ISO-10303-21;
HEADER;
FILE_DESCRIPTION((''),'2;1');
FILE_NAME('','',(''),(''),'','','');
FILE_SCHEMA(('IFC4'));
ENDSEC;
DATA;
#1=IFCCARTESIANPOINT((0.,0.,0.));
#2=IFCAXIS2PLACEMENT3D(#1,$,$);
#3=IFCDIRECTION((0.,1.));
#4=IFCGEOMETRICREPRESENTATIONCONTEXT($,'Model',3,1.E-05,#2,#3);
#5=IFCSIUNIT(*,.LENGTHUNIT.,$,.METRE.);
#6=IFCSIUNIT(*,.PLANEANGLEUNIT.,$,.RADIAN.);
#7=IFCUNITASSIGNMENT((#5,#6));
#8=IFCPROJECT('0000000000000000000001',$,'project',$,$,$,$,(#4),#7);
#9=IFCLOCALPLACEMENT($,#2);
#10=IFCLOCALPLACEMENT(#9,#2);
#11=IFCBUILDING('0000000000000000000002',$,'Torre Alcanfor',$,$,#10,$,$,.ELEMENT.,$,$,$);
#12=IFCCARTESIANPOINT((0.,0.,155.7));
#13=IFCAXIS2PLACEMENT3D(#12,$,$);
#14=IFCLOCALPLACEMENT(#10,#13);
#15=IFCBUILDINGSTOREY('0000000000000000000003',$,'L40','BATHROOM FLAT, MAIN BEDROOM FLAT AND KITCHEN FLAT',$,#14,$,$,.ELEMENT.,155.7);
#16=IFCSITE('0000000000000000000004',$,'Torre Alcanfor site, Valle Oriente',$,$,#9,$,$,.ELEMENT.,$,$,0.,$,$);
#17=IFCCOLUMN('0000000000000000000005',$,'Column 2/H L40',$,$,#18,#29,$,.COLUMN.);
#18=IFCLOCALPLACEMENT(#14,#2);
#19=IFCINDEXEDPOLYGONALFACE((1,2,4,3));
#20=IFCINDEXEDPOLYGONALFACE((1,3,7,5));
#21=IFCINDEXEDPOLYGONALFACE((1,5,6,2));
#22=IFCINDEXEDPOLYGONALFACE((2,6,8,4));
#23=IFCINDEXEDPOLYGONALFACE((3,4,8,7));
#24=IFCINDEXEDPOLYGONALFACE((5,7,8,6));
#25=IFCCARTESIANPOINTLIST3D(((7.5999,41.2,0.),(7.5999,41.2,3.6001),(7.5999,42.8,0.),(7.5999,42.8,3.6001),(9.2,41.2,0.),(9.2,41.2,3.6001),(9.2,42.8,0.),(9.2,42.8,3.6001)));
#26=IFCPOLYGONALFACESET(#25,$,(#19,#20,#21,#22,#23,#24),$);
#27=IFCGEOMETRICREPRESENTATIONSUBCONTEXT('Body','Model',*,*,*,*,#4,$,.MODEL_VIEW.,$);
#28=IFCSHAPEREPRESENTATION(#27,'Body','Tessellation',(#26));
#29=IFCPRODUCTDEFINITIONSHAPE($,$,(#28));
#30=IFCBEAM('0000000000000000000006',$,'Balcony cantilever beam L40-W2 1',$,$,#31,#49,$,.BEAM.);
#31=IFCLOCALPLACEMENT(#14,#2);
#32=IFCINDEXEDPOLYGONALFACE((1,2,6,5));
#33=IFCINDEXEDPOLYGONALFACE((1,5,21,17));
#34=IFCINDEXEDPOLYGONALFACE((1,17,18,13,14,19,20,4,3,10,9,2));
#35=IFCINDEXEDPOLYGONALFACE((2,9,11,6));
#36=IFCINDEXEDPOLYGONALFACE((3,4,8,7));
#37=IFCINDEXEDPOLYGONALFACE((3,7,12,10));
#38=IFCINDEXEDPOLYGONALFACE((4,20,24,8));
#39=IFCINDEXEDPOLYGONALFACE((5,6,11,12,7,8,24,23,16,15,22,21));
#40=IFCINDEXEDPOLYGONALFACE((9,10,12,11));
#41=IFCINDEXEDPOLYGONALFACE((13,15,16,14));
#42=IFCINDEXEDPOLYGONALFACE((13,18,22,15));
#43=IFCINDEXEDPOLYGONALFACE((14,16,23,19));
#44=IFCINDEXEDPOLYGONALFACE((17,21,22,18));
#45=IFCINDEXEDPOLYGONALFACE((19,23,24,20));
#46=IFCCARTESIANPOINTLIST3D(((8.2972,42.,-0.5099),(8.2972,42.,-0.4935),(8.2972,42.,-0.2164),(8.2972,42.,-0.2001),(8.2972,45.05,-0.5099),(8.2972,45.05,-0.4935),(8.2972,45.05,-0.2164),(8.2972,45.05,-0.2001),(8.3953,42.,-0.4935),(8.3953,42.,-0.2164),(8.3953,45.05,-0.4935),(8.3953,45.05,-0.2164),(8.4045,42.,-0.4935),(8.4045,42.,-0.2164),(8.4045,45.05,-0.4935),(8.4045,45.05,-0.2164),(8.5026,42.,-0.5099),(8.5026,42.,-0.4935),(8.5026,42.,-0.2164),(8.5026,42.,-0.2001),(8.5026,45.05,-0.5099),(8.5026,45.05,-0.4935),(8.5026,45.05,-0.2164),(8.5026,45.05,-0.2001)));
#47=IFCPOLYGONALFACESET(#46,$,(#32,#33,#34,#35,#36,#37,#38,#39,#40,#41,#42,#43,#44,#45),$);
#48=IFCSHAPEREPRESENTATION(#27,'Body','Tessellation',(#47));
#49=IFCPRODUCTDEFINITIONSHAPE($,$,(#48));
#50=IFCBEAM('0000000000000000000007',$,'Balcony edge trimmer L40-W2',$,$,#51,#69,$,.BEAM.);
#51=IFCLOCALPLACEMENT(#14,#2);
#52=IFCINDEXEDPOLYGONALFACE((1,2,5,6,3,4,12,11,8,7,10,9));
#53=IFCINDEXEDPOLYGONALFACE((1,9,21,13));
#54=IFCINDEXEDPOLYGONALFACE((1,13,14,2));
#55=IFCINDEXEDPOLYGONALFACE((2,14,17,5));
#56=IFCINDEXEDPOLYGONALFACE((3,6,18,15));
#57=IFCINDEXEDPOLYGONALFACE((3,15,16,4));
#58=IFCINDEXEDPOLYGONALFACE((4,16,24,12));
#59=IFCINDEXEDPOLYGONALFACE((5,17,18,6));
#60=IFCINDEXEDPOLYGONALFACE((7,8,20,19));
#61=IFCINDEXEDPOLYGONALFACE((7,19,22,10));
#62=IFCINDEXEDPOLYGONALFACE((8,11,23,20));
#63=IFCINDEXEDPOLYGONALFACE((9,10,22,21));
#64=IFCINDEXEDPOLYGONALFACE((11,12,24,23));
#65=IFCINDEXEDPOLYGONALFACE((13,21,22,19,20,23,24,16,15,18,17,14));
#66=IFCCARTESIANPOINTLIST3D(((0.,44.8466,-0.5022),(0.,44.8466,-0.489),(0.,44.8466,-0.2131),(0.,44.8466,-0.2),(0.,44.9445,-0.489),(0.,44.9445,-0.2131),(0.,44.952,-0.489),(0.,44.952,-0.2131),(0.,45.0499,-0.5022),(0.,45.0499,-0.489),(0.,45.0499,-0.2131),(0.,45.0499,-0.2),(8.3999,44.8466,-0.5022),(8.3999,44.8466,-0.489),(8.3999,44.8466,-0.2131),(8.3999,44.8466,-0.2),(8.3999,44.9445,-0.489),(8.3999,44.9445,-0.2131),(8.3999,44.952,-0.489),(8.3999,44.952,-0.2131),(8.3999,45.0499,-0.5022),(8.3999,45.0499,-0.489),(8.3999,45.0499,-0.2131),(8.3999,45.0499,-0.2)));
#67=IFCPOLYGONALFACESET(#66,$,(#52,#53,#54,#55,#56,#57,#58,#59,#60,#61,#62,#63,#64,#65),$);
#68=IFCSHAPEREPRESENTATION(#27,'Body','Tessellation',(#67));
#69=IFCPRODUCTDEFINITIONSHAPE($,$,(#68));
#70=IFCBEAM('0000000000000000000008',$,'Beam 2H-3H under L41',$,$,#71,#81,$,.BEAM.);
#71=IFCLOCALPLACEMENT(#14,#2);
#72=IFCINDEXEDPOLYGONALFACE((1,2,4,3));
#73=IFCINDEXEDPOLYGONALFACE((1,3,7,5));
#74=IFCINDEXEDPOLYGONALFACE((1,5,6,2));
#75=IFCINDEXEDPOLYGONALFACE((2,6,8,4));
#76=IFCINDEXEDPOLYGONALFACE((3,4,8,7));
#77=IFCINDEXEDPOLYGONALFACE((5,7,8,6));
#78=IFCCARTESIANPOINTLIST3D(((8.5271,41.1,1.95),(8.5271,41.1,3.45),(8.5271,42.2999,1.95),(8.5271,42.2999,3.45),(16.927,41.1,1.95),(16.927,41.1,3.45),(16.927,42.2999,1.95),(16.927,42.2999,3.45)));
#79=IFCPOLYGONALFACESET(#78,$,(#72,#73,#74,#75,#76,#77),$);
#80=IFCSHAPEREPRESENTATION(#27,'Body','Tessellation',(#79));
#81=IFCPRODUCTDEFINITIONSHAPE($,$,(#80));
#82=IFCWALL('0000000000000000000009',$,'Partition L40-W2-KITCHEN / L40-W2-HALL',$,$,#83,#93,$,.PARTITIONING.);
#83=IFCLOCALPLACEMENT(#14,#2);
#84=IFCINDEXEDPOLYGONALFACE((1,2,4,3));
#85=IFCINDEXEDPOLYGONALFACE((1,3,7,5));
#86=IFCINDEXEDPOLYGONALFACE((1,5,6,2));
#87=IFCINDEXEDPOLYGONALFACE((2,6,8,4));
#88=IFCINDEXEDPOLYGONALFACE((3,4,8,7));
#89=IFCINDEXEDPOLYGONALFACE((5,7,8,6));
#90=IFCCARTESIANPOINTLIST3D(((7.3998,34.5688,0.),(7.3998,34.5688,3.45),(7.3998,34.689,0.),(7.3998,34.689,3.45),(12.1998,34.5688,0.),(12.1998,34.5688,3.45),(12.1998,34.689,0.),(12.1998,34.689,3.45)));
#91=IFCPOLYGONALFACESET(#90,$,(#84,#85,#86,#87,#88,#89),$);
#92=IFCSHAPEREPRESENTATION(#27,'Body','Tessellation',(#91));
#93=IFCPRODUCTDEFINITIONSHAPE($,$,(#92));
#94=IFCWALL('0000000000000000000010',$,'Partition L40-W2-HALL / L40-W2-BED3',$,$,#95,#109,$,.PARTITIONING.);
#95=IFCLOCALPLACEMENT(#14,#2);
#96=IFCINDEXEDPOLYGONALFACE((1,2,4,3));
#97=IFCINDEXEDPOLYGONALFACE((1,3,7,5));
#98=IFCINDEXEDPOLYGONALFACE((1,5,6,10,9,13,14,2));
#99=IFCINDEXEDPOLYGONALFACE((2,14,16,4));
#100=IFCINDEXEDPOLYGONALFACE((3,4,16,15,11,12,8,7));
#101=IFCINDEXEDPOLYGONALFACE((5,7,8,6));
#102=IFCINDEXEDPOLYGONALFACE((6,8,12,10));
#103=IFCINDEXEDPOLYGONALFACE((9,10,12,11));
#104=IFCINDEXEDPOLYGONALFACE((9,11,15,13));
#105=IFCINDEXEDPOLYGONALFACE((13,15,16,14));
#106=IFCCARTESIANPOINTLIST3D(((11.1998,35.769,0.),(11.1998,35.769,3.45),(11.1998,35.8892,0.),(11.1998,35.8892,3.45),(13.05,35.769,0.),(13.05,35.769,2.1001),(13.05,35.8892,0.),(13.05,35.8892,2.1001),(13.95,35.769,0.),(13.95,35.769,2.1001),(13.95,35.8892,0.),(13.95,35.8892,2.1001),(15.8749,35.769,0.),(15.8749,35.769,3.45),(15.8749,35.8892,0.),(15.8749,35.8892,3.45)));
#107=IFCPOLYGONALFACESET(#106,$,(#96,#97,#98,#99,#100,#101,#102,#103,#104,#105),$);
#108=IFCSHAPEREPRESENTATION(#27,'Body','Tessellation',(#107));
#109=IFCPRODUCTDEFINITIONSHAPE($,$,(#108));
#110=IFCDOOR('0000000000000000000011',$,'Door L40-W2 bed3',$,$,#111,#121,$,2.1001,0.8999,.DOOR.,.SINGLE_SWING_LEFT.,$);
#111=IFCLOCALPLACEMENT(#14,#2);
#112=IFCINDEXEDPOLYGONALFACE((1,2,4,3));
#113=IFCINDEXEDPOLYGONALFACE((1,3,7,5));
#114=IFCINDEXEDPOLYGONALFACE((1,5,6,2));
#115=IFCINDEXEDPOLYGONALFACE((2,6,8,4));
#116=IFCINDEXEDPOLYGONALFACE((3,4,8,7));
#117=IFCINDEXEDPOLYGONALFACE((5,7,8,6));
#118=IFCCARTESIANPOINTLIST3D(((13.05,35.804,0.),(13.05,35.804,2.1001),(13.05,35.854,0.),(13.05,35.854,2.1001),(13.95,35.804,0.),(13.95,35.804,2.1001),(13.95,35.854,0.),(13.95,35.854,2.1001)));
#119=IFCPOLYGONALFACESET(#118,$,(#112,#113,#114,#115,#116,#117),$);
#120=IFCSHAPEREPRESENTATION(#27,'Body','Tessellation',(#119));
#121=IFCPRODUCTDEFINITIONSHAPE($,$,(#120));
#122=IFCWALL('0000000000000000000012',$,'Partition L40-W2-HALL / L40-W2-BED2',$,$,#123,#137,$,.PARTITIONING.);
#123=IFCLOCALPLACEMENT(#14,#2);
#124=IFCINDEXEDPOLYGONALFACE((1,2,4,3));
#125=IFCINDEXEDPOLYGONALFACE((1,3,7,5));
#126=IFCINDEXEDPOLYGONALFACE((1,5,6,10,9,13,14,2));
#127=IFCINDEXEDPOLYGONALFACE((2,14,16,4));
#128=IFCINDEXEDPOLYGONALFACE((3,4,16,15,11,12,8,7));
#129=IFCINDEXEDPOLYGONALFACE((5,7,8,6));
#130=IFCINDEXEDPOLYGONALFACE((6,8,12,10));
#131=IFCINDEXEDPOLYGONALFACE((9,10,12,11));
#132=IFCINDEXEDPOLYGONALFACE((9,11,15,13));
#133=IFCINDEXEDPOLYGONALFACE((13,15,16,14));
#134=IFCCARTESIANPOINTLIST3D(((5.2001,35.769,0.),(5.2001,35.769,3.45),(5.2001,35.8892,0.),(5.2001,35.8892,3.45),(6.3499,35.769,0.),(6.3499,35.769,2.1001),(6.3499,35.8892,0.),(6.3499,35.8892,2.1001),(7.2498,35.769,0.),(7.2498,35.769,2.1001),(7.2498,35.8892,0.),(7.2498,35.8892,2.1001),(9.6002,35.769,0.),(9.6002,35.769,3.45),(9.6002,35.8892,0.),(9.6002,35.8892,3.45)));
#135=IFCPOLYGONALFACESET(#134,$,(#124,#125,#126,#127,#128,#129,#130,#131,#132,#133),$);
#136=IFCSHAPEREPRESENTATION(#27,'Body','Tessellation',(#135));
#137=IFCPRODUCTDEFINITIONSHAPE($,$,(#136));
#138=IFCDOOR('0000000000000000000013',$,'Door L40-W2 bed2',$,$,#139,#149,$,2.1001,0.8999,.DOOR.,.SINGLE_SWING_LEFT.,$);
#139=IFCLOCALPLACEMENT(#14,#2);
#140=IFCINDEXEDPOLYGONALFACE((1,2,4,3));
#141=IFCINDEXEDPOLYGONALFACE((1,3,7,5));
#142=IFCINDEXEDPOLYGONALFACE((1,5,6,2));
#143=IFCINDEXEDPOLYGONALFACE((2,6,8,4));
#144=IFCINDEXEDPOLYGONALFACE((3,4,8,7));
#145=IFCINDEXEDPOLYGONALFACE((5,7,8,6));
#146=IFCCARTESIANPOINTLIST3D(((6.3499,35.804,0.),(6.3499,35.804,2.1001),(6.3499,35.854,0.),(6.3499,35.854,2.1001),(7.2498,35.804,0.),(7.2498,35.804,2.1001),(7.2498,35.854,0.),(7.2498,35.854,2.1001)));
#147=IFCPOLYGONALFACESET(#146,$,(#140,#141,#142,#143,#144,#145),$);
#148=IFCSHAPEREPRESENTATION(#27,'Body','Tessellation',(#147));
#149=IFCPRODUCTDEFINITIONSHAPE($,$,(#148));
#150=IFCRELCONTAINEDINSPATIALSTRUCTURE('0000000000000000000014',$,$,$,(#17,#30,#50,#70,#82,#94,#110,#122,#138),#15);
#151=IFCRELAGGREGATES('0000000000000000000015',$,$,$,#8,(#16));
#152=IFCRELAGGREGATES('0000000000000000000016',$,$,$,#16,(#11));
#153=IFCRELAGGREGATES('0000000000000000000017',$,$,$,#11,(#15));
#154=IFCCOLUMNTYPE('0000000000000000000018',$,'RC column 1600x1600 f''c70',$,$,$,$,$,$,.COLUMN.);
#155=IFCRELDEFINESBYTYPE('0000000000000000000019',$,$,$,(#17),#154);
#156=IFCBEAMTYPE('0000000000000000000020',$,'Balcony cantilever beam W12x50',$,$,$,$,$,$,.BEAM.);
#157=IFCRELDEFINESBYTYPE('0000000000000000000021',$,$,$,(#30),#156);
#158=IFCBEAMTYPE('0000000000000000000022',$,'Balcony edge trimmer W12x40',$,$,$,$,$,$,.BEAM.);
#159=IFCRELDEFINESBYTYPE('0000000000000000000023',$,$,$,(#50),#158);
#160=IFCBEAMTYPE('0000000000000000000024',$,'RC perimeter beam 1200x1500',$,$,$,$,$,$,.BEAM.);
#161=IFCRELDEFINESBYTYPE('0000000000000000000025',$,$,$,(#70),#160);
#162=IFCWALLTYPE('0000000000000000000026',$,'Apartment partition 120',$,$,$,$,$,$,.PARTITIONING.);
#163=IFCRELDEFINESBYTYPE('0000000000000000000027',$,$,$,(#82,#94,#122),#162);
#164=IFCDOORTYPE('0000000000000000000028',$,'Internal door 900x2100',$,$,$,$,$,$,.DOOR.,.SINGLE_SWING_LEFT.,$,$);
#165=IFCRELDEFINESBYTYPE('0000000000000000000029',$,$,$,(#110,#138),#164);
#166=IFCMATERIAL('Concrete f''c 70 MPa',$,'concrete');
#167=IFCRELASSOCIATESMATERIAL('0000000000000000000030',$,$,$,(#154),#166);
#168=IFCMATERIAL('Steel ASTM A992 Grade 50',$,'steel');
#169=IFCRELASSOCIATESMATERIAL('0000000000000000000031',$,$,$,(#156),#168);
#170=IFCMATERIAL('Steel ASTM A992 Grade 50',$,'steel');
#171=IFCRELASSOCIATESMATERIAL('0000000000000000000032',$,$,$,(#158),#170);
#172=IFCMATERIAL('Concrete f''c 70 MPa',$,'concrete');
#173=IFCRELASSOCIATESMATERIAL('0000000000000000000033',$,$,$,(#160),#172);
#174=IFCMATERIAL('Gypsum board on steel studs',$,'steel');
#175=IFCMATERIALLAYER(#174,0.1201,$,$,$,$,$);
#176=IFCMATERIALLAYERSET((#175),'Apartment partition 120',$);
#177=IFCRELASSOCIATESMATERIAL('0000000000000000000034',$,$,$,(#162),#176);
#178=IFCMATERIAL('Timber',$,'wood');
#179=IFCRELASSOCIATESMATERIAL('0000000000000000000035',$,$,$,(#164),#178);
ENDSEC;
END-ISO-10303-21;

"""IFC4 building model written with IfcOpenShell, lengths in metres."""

from ifc_helpers import new_model, si_unit, direction, frame, frame_2d, origin, origin_2d, place, context, subcontext, project, spatial, rectangle, i_section, extrude, material, layer, layer_set, material_profile, profile_set, type_object, element, fill, save


model = new_model("IFC4")

# Units and contexts
model_context = context("Model", 3, precision=1e-05, world=origin(), true_north=direction((0.0, 1.0)))
body_context = subcontext(model_context, "Body", "Model", "MODEL_VIEW")
ifc_project = project(units=[si_unit("LENGTHUNIT", "METRE"), si_unit("PLANEANGLEUNIT", "RADIAN")], contexts=[model_context])

# Site, building, storey
site_placement = place(None, origin())
site = spatial("IfcSite", under=ifc_project, at=site_placement, Name="Torre Alcanfor site, Valle Oriente", CompositionType="ELEMENT", RefElevation=0.0)
building_placement = place(site_placement, origin())
building = spatial("IfcBuilding", under=site, at=building_placement, Name="Torre Alcanfor", CompositionType="ELEMENT")
storey_placement = place(building_placement, frame((0.0, 0.0, 155.7)))
storey = spatial("IfcBuildingStorey", under=building, at=storey_placement, Name="L40", Description="BATHROOM FLAT, MAIN BEDROOM FLAT AND KITCHEN FLAT", CompositionType="ELEMENT", Elevation=155.7)

# Column
ifc_material_1 = material(Name="Concrete f'c 70 MPa", Category="concrete")
ifc_material_profile_1 = material_profile(ifc_material_1, rectangle(XDim=1.6001, YDim=1.6001, at=origin_2d()), Name="1600x1600")
ifc_profile_set_1 = profile_set([ifc_material_profile_1], Name="Concrete f'c 70 MPa")
column_type = type_object("IfcColumnType", Name="RC column 1600x1600 f'c70", PredefinedType="COLUMN", material=ifc_profile_set_1)
column_placement = place(storey_placement, frame((8.3999, 42.0, 0.0), z_axis=(0.0, 0.0, 1.0), x_axis=(1.0, 0.0, 0.0)))
element("IfcColumn", 1, at=column_placement, inside=storey, type_object=column_type, Name="Column 2/H L40", PredefinedType="COLUMN", context=body_context, shape_type="SweptSolid", body=[
    extrude(rectangle(XDim=1.6001, YDim=1.6001, at=origin_2d()), origin(), (0.0, 0.0, 1.0), 3.6001),
])

# Beams
ifc_material_2 = material(Name="Steel ASTM A992 Grade 50", Category="steel")
ifc_material_profile_2 = material_profile(ifc_material_2, i_section(OverallWidth=0.2053, OverallDepth=0.3098, WebThickness=0.0093, FlangeThickness=0.0164, at=origin_2d()), Name="W12x50")
ifc_profile_set_2 = profile_set([ifc_material_profile_2], Name="Steel ASTM A992 Grade 50")
beam_type_1 = type_object("IfcBeamType", Name="Balcony cantilever beam W12x50", PredefinedType="BEAM", material=ifc_profile_set_2)
beam_1_placement = place(storey_placement, frame((8.3999, 42.0, -0.355), z_axis=(0.0, 1.0, 0.0), x_axis=(-1.0, 0.0, 0.0)))
element("IfcBeam", 2, at=beam_1_placement, inside=storey, type_object=beam_type_1, Name="Balcony cantilever beam L40-W2 1", PredefinedType="BEAM", context=body_context, shape_type="SweptSolid", body=[
    extrude(i_section(OverallWidth=0.2053, OverallDepth=0.3098, WebThickness=0.0093, FlangeThickness=0.0164, at=origin_2d()), origin(), (0.0, 0.0, 1.0), 3.05),
])
ifc_material_3 = material(Name="Steel ASTM A992 Grade 50", Category="steel")
ifc_material_profile_3 = material_profile(ifc_material_3, i_section(OverallWidth=0.2034, OverallDepth=0.3022, WebThickness=0.0076, FlangeThickness=0.0132, at=origin_2d()), Name="W12x40")
ifc_profile_set_3 = profile_set([ifc_material_profile_3], Name="Steel ASTM A992 Grade 50")
beam_type_2 = type_object("IfcBeamType", Name="Balcony edge trimmer W12x40", PredefinedType="BEAM", material=ifc_profile_set_3)
beam_2_placement = place(storey_placement, frame((8.3999, 44.9482, -0.3511), z_axis=(-1.0, 0.0, 0.0), x_axis=(0.0, -1.0, 0.0)))
element("IfcBeam", 3, at=beam_2_placement, inside=storey, type_object=beam_type_2, Name="Balcony edge trimmer L40-W2", PredefinedType="BEAM", context=body_context, shape_type="SweptSolid", body=[
    extrude(i_section(OverallWidth=0.2034, OverallDepth=0.3022, WebThickness=0.0076, FlangeThickness=0.0132, at=origin_2d()), origin(), (0.0, 0.0, 1.0), 8.3999),
])
ifc_material_4 = material(Name="Concrete f'c 70 MPa", Category="concrete")
ifc_material_profile_4 = material_profile(ifc_material_4, rectangle(XDim=1.2, YDim=1.5, at=origin_2d()), Name="1200x1500")
ifc_profile_set_4 = profile_set([ifc_material_profile_4], Name="Concrete f'c 70 MPa")
beam_type_3 = type_object("IfcBeamType", Name="RC perimeter beam 1200x1500", PredefinedType="BEAM", material=ifc_profile_set_4)
beam_3_placement = place(storey_placement, frame((8.5271, 41.7, 2.7), z_axis=(1.0, 0.0, 0.0), x_axis=(0.0, 1.0, 0.0)))
element("IfcBeam", 4, at=beam_3_placement, inside=storey, type_object=beam_type_3, Name="Beam 2H-3H under L41", PredefinedType="BEAM", context=body_context, shape_type="SweptSolid", body=[
    extrude(rectangle(XDim=1.2, YDim=1.5, at=origin_2d()), origin(), (0.0, 0.0, 1.0), 8.3999),
])

# Wall
ifc_material_5 = material(Name="Gypsum board on steel studs", Category="steel")
ifc_layer_1 = layer(ifc_material_5, 0.1201)
ifc_layer_set_1 = layer_set([ifc_layer_1], Name="Apartment partition 120")
wall_type_1 = type_object("IfcWallType", Name="Apartment partition 120", PredefinedType="PARTITIONING", material=ifc_layer_set_1)
wall_1_placement = place(storey_placement, frame((7.3999, 34.6289, 0.0), z_axis=(0.0, 0.0, 1.0), x_axis=(1.0, 0.0, 0.0)))
element("IfcWall", 5, at=wall_1_placement, inside=storey, type_object=wall_type_1, Name="Partition L40-W2-KITCHEN / L40-W2-HALL", PredefinedType="PARTITIONING", context=body_context, shape_type="SweptSolid", body=[
    extrude(rectangle(XDim=4.8, YDim=0.1201, at=frame_2d((2.3999, 0.0))), origin(), (0.0, 0.0, 1.0), 3.45),
])

# Walls, openings, doors
wall_2_placement = place(storey_placement, frame((11.2, 35.8291, 0.0), z_axis=(0.0, 0.0, 1.0), x_axis=(1.0, 0.0, 0.0)))
wall_2 = element("IfcWall", 6, at=wall_2_placement, inside=storey, type_object=wall_type_1, Name="Partition L40-W2-HALL / L40-W2-BED3", PredefinedType="PARTITIONING", context=body_context, shape_type="SweptSolid", body=[
    extrude(rectangle(XDim=4.675, YDim=0.1201, at=frame_2d((2.3374, 0.0))), origin(), (0.0, 0.0, 1.0), 3.45),
])
opening_1_placement = place(wall_2_placement, frame((1.8501, 0.0, 0.0)))
opening_1 = element("IfcOpeningElement", 7, at=opening_1_placement, cuts=wall_2, PredefinedType="OPENING", context=body_context, shape_type="SweptSolid", body=[
    extrude(rectangle(XDim=0.8999, YDim=2.1001, at=frame_2d((0.45, 1.05))), frame((0.0, 0.0701, 0.0), z_axis=(0.0, -1.0, 0.0), x_axis=(1.0, 0.0, 0.0)), (0.0, 0.0, 1.0), 0.1401),
])
ifc_material_6 = material(Name="Timber", Category="wood")
door_type_1 = type_object("IfcDoorType", Name="Internal door 900x2100", OperationType="SINGLE_SWING_LEFT", PredefinedType="DOOR", material=ifc_material_6)
door_1_placement = place(opening_1_placement, origin())
door_1 = element("IfcDoor", 8, at=door_1_placement, inside=storey, type_object=door_type_1, Name="Door L40-W2 bed3", OperationType="SINGLE_SWING_LEFT", OverallHeight=2.1001, OverallWidth=0.8999, PredefinedType="DOOR", context=body_context, shape_type="SweptSolid", body=[
    extrude(rectangle(XDim=0.8999, YDim=2.1001, at=frame_2d((0.45, 1.05))), frame((0.0, 0.0249, 0.0), z_axis=(0.0, -1.0, 0.0), x_axis=(1.0, 0.0, 0.0)), (0.0, 0.0, 1.0), 0.05),
])
fill(opening_1, door_1)
wall_3_placement = place(storey_placement, frame((5.2, 35.8291, 0.0), z_axis=(0.0, 0.0, 1.0), x_axis=(1.0, 0.0, 0.0)))
wall_3 = element("IfcWall", 9, at=wall_3_placement, inside=storey, type_object=wall_type_1, Name="Partition L40-W2-HALL / L40-W2-BED2", PredefinedType="PARTITIONING", context=body_context, shape_type="SweptSolid", body=[
    extrude(rectangle(XDim=4.4001, YDim=0.1201, at=frame_2d((2.2002, 0.0))), origin(), (0.0, 0.0, 1.0), 3.45),
])
opening_2_placement = place(wall_3_placement, frame((1.1499, 0.0, 0.0)))
opening_2 = element("IfcOpeningElement", 10, at=opening_2_placement, cuts=wall_3, PredefinedType="OPENING", context=body_context, shape_type="SweptSolid", body=[
    extrude(rectangle(XDim=0.8999, YDim=2.1001, at=frame_2d((0.45, 1.05))), frame((0.0, 0.0701, 0.0), z_axis=(0.0, -1.0, 0.0), x_axis=(1.0, 0.0, 0.0)), (0.0, 0.0, 1.0), 0.1401),
])
door_2_placement = place(opening_2_placement, origin())
door_2 = element("IfcDoor", 11, at=door_2_placement, inside=storey, type_object=door_type_1, Name="Door L40-W2 bed2", OperationType="SINGLE_SWING_LEFT", OverallHeight=2.1001, OverallWidth=0.8999, PredefinedType="DOOR", context=body_context, shape_type="SweptSolid", body=[
    extrude(rectangle(XDim=0.8999, YDim=2.1001, at=frame_2d((0.45, 1.05))), frame((0.0, 0.0249, 0.0), z_axis=(0.0, -1.0, 0.0), x_axis=(1.0, 0.0, 0.0)), (0.0, 0.0, 1.0), 0.05),
])
fill(opening_2, door_2)

save(model, "model.ifc")
